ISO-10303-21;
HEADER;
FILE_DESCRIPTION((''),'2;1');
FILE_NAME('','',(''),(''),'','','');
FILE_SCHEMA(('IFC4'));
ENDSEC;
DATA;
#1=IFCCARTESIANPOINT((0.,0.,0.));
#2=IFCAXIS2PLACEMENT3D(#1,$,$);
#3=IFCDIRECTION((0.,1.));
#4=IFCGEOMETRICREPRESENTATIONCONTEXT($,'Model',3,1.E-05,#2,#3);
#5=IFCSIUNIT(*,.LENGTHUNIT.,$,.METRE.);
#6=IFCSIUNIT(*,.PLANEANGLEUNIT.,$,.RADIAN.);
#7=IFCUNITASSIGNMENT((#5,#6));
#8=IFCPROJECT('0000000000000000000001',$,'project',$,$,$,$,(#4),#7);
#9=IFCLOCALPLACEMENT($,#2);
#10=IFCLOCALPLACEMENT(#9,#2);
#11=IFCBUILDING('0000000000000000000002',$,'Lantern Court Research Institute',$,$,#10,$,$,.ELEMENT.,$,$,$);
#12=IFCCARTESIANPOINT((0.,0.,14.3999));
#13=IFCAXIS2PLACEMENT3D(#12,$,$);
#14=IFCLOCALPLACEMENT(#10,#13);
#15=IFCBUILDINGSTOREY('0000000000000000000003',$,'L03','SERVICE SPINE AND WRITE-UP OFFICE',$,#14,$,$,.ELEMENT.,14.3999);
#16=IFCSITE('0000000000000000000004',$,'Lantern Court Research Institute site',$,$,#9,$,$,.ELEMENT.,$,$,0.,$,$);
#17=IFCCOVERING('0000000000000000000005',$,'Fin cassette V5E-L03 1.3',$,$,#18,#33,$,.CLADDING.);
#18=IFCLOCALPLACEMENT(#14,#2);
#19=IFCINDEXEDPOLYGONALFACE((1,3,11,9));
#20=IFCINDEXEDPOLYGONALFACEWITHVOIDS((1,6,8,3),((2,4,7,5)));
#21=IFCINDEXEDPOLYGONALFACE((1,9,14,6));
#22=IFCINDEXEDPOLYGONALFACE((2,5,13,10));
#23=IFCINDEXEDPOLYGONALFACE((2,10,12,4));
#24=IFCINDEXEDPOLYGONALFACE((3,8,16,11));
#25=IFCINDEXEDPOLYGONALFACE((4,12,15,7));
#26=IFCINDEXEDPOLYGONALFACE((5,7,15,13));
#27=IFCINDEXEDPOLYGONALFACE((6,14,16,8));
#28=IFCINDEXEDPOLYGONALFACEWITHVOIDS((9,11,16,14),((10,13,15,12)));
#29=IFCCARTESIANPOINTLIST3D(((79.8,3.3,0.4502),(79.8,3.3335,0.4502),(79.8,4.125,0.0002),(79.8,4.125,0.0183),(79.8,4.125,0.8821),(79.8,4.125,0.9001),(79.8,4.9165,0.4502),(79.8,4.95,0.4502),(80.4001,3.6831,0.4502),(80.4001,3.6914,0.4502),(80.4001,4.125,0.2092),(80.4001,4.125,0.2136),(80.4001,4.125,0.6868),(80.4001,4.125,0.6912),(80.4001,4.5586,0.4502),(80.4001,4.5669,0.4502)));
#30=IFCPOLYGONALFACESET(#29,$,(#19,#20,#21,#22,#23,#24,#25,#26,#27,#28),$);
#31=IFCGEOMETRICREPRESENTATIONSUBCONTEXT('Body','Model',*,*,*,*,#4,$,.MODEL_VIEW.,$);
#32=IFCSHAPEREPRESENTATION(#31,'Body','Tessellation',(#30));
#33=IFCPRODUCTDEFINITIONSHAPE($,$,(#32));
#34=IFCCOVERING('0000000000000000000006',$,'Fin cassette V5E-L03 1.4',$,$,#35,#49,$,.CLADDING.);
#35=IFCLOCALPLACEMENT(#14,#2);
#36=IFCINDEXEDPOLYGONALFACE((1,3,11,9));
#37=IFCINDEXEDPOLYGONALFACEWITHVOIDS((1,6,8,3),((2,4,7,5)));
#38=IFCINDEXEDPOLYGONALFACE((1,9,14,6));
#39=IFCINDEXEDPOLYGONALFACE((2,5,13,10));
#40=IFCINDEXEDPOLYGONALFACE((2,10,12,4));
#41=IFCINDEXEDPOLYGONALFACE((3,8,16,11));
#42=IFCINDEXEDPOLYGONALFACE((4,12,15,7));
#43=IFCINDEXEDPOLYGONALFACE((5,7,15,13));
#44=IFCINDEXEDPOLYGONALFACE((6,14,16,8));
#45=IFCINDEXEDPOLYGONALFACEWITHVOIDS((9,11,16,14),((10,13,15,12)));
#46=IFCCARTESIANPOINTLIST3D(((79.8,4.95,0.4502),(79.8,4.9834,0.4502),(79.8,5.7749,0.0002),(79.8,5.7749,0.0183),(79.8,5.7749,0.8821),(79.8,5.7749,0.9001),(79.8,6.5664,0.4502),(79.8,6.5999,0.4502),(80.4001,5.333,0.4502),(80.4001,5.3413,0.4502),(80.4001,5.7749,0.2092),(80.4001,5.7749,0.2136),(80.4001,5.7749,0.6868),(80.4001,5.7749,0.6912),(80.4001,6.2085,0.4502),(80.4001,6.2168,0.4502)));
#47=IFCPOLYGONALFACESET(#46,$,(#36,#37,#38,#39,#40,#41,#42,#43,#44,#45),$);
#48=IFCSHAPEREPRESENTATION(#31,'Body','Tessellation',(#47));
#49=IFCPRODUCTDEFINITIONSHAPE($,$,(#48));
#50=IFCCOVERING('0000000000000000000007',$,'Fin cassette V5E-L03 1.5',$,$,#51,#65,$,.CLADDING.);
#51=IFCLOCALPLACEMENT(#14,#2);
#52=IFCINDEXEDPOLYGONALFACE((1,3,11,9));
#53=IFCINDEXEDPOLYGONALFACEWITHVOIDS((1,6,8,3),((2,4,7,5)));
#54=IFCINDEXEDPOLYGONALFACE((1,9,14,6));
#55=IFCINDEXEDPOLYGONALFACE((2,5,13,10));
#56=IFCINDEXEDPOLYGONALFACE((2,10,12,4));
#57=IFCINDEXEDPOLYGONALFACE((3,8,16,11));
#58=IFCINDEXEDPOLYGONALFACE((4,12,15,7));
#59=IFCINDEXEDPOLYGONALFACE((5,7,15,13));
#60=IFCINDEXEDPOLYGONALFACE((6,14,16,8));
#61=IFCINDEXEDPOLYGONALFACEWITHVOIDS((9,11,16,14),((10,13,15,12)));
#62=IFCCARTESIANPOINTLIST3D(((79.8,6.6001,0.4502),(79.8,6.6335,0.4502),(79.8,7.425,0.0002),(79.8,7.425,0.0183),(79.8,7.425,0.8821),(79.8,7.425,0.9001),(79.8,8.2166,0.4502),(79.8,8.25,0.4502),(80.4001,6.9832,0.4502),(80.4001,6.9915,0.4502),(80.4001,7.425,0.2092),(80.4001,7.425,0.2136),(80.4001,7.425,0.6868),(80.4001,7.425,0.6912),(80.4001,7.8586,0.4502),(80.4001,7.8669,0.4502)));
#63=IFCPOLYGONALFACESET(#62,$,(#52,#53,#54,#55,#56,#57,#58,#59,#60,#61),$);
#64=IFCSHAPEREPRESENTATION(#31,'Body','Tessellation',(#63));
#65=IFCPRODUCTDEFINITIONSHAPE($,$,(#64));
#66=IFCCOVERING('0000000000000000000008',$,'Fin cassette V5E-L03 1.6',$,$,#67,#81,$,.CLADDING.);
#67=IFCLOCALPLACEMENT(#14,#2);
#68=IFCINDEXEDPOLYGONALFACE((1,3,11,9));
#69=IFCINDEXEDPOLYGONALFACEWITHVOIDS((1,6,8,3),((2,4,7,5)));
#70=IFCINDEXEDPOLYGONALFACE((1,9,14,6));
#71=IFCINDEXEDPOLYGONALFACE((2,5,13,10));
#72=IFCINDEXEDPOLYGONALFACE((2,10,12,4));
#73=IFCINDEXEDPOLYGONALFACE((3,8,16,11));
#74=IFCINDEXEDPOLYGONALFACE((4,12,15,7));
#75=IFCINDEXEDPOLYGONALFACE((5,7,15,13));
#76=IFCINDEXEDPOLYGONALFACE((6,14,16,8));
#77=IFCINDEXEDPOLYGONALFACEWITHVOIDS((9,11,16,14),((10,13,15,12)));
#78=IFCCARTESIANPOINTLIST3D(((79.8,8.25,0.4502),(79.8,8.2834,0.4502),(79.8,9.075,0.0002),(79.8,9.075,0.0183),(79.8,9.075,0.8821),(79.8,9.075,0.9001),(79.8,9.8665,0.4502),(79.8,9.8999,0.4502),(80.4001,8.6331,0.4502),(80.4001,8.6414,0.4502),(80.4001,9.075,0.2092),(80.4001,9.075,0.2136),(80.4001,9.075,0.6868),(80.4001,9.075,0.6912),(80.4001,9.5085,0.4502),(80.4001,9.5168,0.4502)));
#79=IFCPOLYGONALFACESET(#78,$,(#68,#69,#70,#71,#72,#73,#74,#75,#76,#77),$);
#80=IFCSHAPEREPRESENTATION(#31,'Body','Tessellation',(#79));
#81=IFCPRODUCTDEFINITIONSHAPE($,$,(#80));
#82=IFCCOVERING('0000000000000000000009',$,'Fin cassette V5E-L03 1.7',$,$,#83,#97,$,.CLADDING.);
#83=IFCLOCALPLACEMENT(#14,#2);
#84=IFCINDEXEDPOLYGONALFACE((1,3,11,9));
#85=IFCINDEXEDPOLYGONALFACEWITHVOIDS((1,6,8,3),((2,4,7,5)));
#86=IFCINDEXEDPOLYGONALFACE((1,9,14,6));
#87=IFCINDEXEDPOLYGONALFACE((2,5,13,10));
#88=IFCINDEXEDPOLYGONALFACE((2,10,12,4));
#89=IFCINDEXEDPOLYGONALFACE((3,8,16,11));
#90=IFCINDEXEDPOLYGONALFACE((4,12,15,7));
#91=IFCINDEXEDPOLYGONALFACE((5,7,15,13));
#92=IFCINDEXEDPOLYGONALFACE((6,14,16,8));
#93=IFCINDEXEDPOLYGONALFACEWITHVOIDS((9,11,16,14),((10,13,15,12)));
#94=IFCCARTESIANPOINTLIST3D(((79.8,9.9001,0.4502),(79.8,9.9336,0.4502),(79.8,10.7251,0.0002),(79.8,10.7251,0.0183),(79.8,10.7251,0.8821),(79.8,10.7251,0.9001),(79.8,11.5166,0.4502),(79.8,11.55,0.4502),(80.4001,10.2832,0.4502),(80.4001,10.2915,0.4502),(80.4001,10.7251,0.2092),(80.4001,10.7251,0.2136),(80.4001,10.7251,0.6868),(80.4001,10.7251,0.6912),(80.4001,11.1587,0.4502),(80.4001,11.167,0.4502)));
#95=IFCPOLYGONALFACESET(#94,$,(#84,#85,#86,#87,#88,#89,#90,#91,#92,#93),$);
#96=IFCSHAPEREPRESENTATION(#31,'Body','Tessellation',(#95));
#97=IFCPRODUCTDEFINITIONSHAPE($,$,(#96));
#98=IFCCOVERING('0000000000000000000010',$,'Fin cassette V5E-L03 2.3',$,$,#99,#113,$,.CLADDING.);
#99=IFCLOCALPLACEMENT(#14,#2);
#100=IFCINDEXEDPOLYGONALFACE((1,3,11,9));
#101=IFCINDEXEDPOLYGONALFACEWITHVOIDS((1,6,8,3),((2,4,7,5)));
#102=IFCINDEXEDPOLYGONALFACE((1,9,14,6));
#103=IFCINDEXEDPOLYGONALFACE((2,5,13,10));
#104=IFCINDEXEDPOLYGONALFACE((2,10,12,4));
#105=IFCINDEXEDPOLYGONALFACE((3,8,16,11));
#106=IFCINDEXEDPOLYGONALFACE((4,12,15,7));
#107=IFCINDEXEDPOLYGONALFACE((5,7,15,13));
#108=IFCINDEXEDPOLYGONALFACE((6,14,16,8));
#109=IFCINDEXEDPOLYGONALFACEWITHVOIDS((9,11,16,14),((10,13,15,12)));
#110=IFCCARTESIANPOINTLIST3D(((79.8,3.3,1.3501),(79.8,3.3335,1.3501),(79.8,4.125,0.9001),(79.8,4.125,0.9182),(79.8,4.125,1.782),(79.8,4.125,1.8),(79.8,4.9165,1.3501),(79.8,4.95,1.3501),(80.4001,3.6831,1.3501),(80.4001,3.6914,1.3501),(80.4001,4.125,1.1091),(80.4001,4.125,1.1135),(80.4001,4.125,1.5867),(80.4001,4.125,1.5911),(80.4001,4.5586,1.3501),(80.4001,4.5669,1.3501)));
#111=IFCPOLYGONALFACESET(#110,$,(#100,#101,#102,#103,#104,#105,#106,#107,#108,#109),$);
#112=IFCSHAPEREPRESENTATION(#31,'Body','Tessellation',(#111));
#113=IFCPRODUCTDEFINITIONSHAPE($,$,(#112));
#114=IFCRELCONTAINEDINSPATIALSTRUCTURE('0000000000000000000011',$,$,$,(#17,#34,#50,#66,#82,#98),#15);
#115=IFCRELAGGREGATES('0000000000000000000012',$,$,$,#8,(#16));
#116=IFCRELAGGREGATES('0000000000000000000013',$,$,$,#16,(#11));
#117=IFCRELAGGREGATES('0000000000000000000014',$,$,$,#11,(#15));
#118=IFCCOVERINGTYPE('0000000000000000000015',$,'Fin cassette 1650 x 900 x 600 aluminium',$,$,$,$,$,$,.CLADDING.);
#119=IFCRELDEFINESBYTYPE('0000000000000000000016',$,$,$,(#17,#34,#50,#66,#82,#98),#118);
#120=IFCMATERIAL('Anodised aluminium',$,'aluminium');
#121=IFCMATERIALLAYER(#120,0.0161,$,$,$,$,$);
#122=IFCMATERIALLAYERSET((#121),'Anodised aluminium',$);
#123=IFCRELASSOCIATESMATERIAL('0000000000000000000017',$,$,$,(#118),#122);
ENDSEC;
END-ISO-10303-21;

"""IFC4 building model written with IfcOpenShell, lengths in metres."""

from ifc_helpers import new_model, entity, si_unit, direction, frame, origin, place, context, subcontext, project, spatial, material, layer, layer_set, type_object, element, save


model = new_model("IFC4")

# Units and contexts
model_context = context("Model", 3, precision=1e-05, world=origin(), true_north=direction((0.0, 1.0)))
body_context = subcontext(model_context, "Body", "Model", "MODEL_VIEW")
ifc_project = project(units=[si_unit("LENGTHUNIT", "METRE"), si_unit("PLANEANGLEUNIT", "RADIAN")], contexts=[model_context])

# Site, building, storey
site_placement = place(None, origin())
site = spatial("IfcSite", under=ifc_project, at=site_placement, Name="Lantern Court Research Institute site", CompositionType="ELEMENT", RefElevation=0.0)
building_placement = place(site_placement, origin())
building = spatial("IfcBuilding", under=site, at=building_placement, Name="Lantern Court Research Institute", CompositionType="ELEMENT")
storey_placement = place(building_placement, frame((0.0, 0.0, 14.3999)))
storey = spatial("IfcBuildingStorey", under=building, at=storey_placement, Name="L03", Description="SERVICE SPINE AND WRITE-UP OFFICE", CompositionType="ELEMENT", Elevation=14.3999)

# Coverings
ifc_material_1 = material(Name="Anodised aluminium", Category="aluminium")
ifc_layer_1 = layer(ifc_material_1, 0.0161)
ifc_layer_set_1 = layer_set([ifc_layer_1], Name="Anodised aluminium")
covering_type = type_object("IfcCoveringType", Name="Fin cassette 1650 x 900 x 600 aluminium", PredefinedType="CLADDING", material=ifc_layer_set_1)
covering_1_placement = place(storey_placement, frame((79.8, 4.125, 0.4502), z_axis=(1.0, 0.0, 0.0), x_axis=(0.0, 1.0, 0.0)))
cartesian_point_1 = entity("IfcCartesianPoint", [0.825, 0.0])
cartesian_point_2 = entity("IfcCartesianPoint", [0.7915, 0.0])
cartesian_point_3 = entity("IfcCartesianPoint", [0.4419, 0.0])
cartesian_point_4 = entity("IfcCartesianPoint", [0.4336, 0.0])
element("IfcCovering", 1, at=covering_1_placement, inside=storey, type_object=covering_type, Name="Fin cassette V5E-L03 1.3", PredefinedType="CLADDING", context=body_context, shape_type="SweptSolid", body=[
    entity("IfcExtrudedAreaSolidTapered", entity("IfcArbitraryProfileDefWithVoids", "AREA", None, entity("IfcPolyline", [cartesian_point_1, entity("IfcCartesianPoint", [0.0, 0.45]), entity("IfcCartesianPoint", [-0.825, 0.0]), entity("IfcCartesianPoint", [0.0, -0.45]), cartesian_point_1]), [entity("IfcPolyline", [cartesian_point_2, entity("IfcCartesianPoint", [0.0, 0.4319]), entity("IfcCartesianPoint", [-0.7915, 0.0]), entity("IfcCartesianPoint", [0.0, -0.4319]), cartesian_point_2])]), entity("IfcAxis2Placement3D", entity("IfcCartesianPoint", [0.0, 0.0, 0.0])), entity("IfcDirection", [0.0, 0.0, 1.0]), 0.6001, entity("IfcArbitraryProfileDefWithVoids", "AREA", None, entity("IfcPolyline", [cartesian_point_3, entity("IfcCartesianPoint", [0.0, 0.241]), entity("IfcCartesianPoint", [-0.4419, 0.0]), entity("IfcCartesianPoint", [0.0, -0.241]), cartesian_point_3]), [entity("IfcPolyline", [cartesian_point_4, entity("IfcCartesianPoint", [0.0, 0.2366]), entity("IfcCartesianPoint", [-0.4336, 0.0]), entity("IfcCartesianPoint", [0.0, -0.2366]), cartesian_point_4])])),
])
covering_2_placement = place(storey_placement, frame((79.8, 5.7749, 0.4502), z_axis=(1.0, 0.0, 0.0), x_axis=(0.0, 1.0, 0.0)))
cartesian_point_5 = entity("IfcCartesianPoint", [0.825, 0.0])
cartesian_point_6 = entity("IfcCartesianPoint", [0.7915, 0.0])
cartesian_point_7 = entity("IfcCartesianPoint", [0.4419, 0.0])
cartesian_point_8 = entity("IfcCartesianPoint", [0.4336, 0.0])
element("IfcCovering", 2, at=covering_2_placement, inside=storey, type_object=covering_type, Name="Fin cassette V5E-L03 1.4", PredefinedType="CLADDING", context=body_context, shape_type="SweptSolid", body=[
    entity("IfcExtrudedAreaSolidTapered", entity("IfcArbitraryProfileDefWithVoids", "AREA", None, entity("IfcPolyline", [cartesian_point_5, entity("IfcCartesianPoint", [0.0, 0.45]), entity("IfcCartesianPoint", [-0.825, 0.0]), entity("IfcCartesianPoint", [0.0, -0.45]), cartesian_point_5]), [entity("IfcPolyline", [cartesian_point_6, entity("IfcCartesianPoint", [0.0, 0.4319]), entity("IfcCartesianPoint", [-0.7915, 0.0]), entity("IfcCartesianPoint", [0.0, -0.4319]), cartesian_point_6])]), entity("IfcAxis2Placement3D", entity("IfcCartesianPoint", [0.0, 0.0, 0.0])), entity("IfcDirection", [0.0, 0.0, 1.0]), 0.6001, entity("IfcArbitraryProfileDefWithVoids", "AREA", None, entity("IfcPolyline", [cartesian_point_7, entity("IfcCartesianPoint", [0.0, 0.241]), entity("IfcCartesianPoint", [-0.4419, 0.0]), entity("IfcCartesianPoint", [0.0, -0.241]), cartesian_point_7]), [entity("IfcPolyline", [cartesian_point_8, entity("IfcCartesianPoint", [0.0, 0.2366]), entity("IfcCartesianPoint", [-0.4336, 0.0]), entity("IfcCartesianPoint", [0.0, -0.2366]), cartesian_point_8])])),
])
covering_3_placement = place(storey_placement, frame((79.8, 7.425, 0.4502), z_axis=(1.0, 0.0, 0.0), x_axis=(0.0, 1.0, 0.0)))
cartesian_point_9 = entity("IfcCartesianPoint", [0.825, 0.0])
cartesian_point_10 = entity("IfcCartesianPoint", [0.7915, 0.0])
cartesian_point_11 = entity("IfcCartesianPoint", [0.4419, 0.0])
cartesian_point_12 = entity("IfcCartesianPoint", [0.4336, 0.0])
element("IfcCovering", 3, at=covering_3_placement, inside=storey, type_object=covering_type, Name="Fin cassette V5E-L03 1.5", PredefinedType="CLADDING", context=body_context, shape_type="SweptSolid", body=[
    entity("IfcExtrudedAreaSolidTapered", entity("IfcArbitraryProfileDefWithVoids", "AREA", None, entity("IfcPolyline", [cartesian_point_9, entity("IfcCartesianPoint", [0.0, 0.45]), entity("IfcCartesianPoint", [-0.825, 0.0]), entity("IfcCartesianPoint", [0.0, -0.45]), cartesian_point_9]), [entity("IfcPolyline", [cartesian_point_10, entity("IfcCartesianPoint", [0.0, 0.4319]), entity("IfcCartesianPoint", [-0.7915, 0.0]), entity("IfcCartesianPoint", [0.0, -0.4319]), cartesian_point_10])]), entity("IfcAxis2Placement3D", entity("IfcCartesianPoint", [0.0, 0.0, 0.0])), entity("IfcDirection", [0.0, 0.0, 1.0]), 0.6001, entity("IfcArbitraryProfileDefWithVoids", "AREA", None, entity("IfcPolyline", [cartesian_point_11, entity("IfcCartesianPoint", [0.0, 0.241]), entity("IfcCartesianPoint", [-0.4419, 0.0]), entity("IfcCartesianPoint", [0.0, -0.241]), cartesian_point_11]), [entity("IfcPolyline", [cartesian_point_12, entity("IfcCartesianPoint", [0.0, 0.2366]), entity("IfcCartesianPoint", [-0.4336, 0.0]), entity("IfcCartesianPoint", [0.0, -0.2366]), cartesian_point_12])])),
])
covering_4_placement = place(storey_placement, frame((79.8, 9.075, 0.4502), z_axis=(1.0, 0.0, 0.0), x_axis=(0.0, 1.0, 0.0)))
cartesian_point_13 = entity("IfcCartesianPoint", [0.825, 0.0])
cartesian_point_14 = entity("IfcCartesianPoint", [0.7915, 0.0])
cartesian_point_15 = entity("IfcCartesianPoint", [0.4419, 0.0])
cartesian_point_16 = entity("IfcCartesianPoint", [0.4336, 0.0])
element("IfcCovering", 4, at=covering_4_placement, inside=storey, type_object=covering_type, Name="Fin cassette V5E-L03 1.6", PredefinedType="CLADDING", context=body_context, shape_type="SweptSolid", body=[
    entity("IfcExtrudedAreaSolidTapered", entity("IfcArbitraryProfileDefWithVoids", "AREA", None, entity("IfcPolyline", [cartesian_point_13, entity("IfcCartesianPoint", [0.0, 0.45]), entity("IfcCartesianPoint", [-0.825, 0.0]), entity("IfcCartesianPoint", [0.0, -0.45]), cartesian_point_13]), [entity("IfcPolyline", [cartesian_point_14, entity("IfcCartesianPoint", [0.0, 0.4319]), entity("IfcCartesianPoint", [-0.7915, 0.0]), entity("IfcCartesianPoint", [0.0, -0.4319]), cartesian_point_14])]), entity("IfcAxis2Placement3D", entity("IfcCartesianPoint", [0.0, 0.0, 0.0])), entity("IfcDirection", [0.0, 0.0, 1.0]), 0.6001, entity("IfcArbitraryProfileDefWithVoids", "AREA", None, entity("IfcPolyline", [cartesian_point_15, entity("IfcCartesianPoint", [0.0, 0.241]), entity("IfcCartesianPoint", [-0.4419, 0.0]), entity("IfcCartesianPoint", [0.0, -0.241]), cartesian_point_15]), [entity("IfcPolyline", [cartesian_point_16, entity("IfcCartesianPoint", [0.0, 0.2366]), entity("IfcCartesianPoint", [-0.4336, 0.0]), entity("IfcCartesianPoint", [0.0, -0.2366]), cartesian_point_16])])),
])
covering_5_placement = place(storey_placement, frame((79.8, 10.7251, 0.4502), z_axis=(1.0, 0.0, 0.0), x_axis=(0.0, 1.0, 0.0)))
cartesian_point_17 = entity("IfcCartesianPoint", [0.825, 0.0])
cartesian_point_18 = entity("IfcCartesianPoint", [0.7915, 0.0])
cartesian_point_19 = entity("IfcCartesianPoint", [0.4419, 0.0])
cartesian_point_20 = entity("IfcCartesianPoint", [0.4336, 0.0])
element("IfcCovering", 5, at=covering_5_placement, inside=storey, type_object=covering_type, Name="Fin cassette V5E-L03 1.7", PredefinedType="CLADDING", context=body_context, shape_type="SweptSolid", body=[
    entity("IfcExtrudedAreaSolidTapered", entity("IfcArbitraryProfileDefWithVoids", "AREA", None, entity("IfcPolyline", [cartesian_point_17, entity("IfcCartesianPoint", [0.0, 0.45]), entity("IfcCartesianPoint", [-0.825, 0.0]), entity("IfcCartesianPoint", [0.0, -0.45]), cartesian_point_17]), [entity("IfcPolyline", [cartesian_point_18, entity("IfcCartesianPoint", [0.0, 0.4319]), entity("IfcCartesianPoint", [-0.7915, 0.0]), entity("IfcCartesianPoint", [0.0, -0.4319]), cartesian_point_18])]), entity("IfcAxis2Placement3D", entity("IfcCartesianPoint", [0.0, 0.0, 0.0])), entity("IfcDirection", [0.0, 0.0, 1.0]), 0.6001, entity("IfcArbitraryProfileDefWithVoids", "AREA", None, entity("IfcPolyline", [cartesian_point_19, entity("IfcCartesianPoint", [0.0, 0.241]), entity("IfcCartesianPoint", [-0.4419, 0.0]), entity("IfcCartesianPoint", [0.0, -0.241]), cartesian_point_19]), [entity("IfcPolyline", [cartesian_point_20, entity("IfcCartesianPoint", [0.0, 0.2366]), entity("IfcCartesianPoint", [-0.4336, 0.0]), entity("IfcCartesianPoint", [0.0, -0.2366]), cartesian_point_20])])),
])
covering_6_placement = place(storey_placement, frame((79.8, 4.125, 1.3501), z_axis=(1.0, 0.0, 0.0), x_axis=(0.0, 1.0, 0.0)))
cartesian_point_21 = entity("IfcCartesianPoint", [0.825, 0.0])
cartesian_point_22 = entity("IfcCartesianPoint", [0.7915, 0.0])
cartesian_point_23 = entity("IfcCartesianPoint", [0.4419, 0.0])
cartesian_point_24 = entity("IfcCartesianPoint", [0.4336, 0.0])
element("IfcCovering", 6, at=covering_6_placement, inside=storey, type_object=covering_type, Name="Fin cassette V5E-L03 2.3", PredefinedType="CLADDING", context=body_context, shape_type="SweptSolid", body=[
    entity("IfcExtrudedAreaSolidTapered", entity("IfcArbitraryProfileDefWithVoids", "AREA", None, entity("IfcPolyline", [cartesian_point_21, entity("IfcCartesianPoint", [0.0, 0.45]), entity("IfcCartesianPoint", [-0.825, 0.0]), entity("IfcCartesianPoint", [0.0, -0.45]), cartesian_point_21]), [entity("IfcPolyline", [cartesian_point_22, entity("IfcCartesianPoint", [0.0, 0.4319]), entity("IfcCartesianPoint", [-0.7915, 0.0]), entity("IfcCartesianPoint", [0.0, -0.4319]), cartesian_point_22])]), entity("IfcAxis2Placement3D", entity("IfcCartesianPoint", [0.0, 0.0, 0.0])), entity("IfcDirection", [0.0, 0.0, 1.0]), 0.6001, entity("IfcArbitraryProfileDefWithVoids", "AREA", None, entity("IfcPolyline", [cartesian_point_23, entity("IfcCartesianPoint", [0.0, 0.241]), entity("IfcCartesianPoint", [-0.4419, 0.0]), entity("IfcCartesianPoint", [0.0, -0.241]), cartesian_point_23]), [entity("IfcPolyline", [cartesian_point_24, entity("IfcCartesianPoint", [0.0, 0.2366]), entity("IfcCartesianPoint", [-0.4336, 0.0]), entity("IfcCartesianPoint", [0.0, -0.2366]), cartesian_point_24])])),
])

save(model, "model.ifc")
